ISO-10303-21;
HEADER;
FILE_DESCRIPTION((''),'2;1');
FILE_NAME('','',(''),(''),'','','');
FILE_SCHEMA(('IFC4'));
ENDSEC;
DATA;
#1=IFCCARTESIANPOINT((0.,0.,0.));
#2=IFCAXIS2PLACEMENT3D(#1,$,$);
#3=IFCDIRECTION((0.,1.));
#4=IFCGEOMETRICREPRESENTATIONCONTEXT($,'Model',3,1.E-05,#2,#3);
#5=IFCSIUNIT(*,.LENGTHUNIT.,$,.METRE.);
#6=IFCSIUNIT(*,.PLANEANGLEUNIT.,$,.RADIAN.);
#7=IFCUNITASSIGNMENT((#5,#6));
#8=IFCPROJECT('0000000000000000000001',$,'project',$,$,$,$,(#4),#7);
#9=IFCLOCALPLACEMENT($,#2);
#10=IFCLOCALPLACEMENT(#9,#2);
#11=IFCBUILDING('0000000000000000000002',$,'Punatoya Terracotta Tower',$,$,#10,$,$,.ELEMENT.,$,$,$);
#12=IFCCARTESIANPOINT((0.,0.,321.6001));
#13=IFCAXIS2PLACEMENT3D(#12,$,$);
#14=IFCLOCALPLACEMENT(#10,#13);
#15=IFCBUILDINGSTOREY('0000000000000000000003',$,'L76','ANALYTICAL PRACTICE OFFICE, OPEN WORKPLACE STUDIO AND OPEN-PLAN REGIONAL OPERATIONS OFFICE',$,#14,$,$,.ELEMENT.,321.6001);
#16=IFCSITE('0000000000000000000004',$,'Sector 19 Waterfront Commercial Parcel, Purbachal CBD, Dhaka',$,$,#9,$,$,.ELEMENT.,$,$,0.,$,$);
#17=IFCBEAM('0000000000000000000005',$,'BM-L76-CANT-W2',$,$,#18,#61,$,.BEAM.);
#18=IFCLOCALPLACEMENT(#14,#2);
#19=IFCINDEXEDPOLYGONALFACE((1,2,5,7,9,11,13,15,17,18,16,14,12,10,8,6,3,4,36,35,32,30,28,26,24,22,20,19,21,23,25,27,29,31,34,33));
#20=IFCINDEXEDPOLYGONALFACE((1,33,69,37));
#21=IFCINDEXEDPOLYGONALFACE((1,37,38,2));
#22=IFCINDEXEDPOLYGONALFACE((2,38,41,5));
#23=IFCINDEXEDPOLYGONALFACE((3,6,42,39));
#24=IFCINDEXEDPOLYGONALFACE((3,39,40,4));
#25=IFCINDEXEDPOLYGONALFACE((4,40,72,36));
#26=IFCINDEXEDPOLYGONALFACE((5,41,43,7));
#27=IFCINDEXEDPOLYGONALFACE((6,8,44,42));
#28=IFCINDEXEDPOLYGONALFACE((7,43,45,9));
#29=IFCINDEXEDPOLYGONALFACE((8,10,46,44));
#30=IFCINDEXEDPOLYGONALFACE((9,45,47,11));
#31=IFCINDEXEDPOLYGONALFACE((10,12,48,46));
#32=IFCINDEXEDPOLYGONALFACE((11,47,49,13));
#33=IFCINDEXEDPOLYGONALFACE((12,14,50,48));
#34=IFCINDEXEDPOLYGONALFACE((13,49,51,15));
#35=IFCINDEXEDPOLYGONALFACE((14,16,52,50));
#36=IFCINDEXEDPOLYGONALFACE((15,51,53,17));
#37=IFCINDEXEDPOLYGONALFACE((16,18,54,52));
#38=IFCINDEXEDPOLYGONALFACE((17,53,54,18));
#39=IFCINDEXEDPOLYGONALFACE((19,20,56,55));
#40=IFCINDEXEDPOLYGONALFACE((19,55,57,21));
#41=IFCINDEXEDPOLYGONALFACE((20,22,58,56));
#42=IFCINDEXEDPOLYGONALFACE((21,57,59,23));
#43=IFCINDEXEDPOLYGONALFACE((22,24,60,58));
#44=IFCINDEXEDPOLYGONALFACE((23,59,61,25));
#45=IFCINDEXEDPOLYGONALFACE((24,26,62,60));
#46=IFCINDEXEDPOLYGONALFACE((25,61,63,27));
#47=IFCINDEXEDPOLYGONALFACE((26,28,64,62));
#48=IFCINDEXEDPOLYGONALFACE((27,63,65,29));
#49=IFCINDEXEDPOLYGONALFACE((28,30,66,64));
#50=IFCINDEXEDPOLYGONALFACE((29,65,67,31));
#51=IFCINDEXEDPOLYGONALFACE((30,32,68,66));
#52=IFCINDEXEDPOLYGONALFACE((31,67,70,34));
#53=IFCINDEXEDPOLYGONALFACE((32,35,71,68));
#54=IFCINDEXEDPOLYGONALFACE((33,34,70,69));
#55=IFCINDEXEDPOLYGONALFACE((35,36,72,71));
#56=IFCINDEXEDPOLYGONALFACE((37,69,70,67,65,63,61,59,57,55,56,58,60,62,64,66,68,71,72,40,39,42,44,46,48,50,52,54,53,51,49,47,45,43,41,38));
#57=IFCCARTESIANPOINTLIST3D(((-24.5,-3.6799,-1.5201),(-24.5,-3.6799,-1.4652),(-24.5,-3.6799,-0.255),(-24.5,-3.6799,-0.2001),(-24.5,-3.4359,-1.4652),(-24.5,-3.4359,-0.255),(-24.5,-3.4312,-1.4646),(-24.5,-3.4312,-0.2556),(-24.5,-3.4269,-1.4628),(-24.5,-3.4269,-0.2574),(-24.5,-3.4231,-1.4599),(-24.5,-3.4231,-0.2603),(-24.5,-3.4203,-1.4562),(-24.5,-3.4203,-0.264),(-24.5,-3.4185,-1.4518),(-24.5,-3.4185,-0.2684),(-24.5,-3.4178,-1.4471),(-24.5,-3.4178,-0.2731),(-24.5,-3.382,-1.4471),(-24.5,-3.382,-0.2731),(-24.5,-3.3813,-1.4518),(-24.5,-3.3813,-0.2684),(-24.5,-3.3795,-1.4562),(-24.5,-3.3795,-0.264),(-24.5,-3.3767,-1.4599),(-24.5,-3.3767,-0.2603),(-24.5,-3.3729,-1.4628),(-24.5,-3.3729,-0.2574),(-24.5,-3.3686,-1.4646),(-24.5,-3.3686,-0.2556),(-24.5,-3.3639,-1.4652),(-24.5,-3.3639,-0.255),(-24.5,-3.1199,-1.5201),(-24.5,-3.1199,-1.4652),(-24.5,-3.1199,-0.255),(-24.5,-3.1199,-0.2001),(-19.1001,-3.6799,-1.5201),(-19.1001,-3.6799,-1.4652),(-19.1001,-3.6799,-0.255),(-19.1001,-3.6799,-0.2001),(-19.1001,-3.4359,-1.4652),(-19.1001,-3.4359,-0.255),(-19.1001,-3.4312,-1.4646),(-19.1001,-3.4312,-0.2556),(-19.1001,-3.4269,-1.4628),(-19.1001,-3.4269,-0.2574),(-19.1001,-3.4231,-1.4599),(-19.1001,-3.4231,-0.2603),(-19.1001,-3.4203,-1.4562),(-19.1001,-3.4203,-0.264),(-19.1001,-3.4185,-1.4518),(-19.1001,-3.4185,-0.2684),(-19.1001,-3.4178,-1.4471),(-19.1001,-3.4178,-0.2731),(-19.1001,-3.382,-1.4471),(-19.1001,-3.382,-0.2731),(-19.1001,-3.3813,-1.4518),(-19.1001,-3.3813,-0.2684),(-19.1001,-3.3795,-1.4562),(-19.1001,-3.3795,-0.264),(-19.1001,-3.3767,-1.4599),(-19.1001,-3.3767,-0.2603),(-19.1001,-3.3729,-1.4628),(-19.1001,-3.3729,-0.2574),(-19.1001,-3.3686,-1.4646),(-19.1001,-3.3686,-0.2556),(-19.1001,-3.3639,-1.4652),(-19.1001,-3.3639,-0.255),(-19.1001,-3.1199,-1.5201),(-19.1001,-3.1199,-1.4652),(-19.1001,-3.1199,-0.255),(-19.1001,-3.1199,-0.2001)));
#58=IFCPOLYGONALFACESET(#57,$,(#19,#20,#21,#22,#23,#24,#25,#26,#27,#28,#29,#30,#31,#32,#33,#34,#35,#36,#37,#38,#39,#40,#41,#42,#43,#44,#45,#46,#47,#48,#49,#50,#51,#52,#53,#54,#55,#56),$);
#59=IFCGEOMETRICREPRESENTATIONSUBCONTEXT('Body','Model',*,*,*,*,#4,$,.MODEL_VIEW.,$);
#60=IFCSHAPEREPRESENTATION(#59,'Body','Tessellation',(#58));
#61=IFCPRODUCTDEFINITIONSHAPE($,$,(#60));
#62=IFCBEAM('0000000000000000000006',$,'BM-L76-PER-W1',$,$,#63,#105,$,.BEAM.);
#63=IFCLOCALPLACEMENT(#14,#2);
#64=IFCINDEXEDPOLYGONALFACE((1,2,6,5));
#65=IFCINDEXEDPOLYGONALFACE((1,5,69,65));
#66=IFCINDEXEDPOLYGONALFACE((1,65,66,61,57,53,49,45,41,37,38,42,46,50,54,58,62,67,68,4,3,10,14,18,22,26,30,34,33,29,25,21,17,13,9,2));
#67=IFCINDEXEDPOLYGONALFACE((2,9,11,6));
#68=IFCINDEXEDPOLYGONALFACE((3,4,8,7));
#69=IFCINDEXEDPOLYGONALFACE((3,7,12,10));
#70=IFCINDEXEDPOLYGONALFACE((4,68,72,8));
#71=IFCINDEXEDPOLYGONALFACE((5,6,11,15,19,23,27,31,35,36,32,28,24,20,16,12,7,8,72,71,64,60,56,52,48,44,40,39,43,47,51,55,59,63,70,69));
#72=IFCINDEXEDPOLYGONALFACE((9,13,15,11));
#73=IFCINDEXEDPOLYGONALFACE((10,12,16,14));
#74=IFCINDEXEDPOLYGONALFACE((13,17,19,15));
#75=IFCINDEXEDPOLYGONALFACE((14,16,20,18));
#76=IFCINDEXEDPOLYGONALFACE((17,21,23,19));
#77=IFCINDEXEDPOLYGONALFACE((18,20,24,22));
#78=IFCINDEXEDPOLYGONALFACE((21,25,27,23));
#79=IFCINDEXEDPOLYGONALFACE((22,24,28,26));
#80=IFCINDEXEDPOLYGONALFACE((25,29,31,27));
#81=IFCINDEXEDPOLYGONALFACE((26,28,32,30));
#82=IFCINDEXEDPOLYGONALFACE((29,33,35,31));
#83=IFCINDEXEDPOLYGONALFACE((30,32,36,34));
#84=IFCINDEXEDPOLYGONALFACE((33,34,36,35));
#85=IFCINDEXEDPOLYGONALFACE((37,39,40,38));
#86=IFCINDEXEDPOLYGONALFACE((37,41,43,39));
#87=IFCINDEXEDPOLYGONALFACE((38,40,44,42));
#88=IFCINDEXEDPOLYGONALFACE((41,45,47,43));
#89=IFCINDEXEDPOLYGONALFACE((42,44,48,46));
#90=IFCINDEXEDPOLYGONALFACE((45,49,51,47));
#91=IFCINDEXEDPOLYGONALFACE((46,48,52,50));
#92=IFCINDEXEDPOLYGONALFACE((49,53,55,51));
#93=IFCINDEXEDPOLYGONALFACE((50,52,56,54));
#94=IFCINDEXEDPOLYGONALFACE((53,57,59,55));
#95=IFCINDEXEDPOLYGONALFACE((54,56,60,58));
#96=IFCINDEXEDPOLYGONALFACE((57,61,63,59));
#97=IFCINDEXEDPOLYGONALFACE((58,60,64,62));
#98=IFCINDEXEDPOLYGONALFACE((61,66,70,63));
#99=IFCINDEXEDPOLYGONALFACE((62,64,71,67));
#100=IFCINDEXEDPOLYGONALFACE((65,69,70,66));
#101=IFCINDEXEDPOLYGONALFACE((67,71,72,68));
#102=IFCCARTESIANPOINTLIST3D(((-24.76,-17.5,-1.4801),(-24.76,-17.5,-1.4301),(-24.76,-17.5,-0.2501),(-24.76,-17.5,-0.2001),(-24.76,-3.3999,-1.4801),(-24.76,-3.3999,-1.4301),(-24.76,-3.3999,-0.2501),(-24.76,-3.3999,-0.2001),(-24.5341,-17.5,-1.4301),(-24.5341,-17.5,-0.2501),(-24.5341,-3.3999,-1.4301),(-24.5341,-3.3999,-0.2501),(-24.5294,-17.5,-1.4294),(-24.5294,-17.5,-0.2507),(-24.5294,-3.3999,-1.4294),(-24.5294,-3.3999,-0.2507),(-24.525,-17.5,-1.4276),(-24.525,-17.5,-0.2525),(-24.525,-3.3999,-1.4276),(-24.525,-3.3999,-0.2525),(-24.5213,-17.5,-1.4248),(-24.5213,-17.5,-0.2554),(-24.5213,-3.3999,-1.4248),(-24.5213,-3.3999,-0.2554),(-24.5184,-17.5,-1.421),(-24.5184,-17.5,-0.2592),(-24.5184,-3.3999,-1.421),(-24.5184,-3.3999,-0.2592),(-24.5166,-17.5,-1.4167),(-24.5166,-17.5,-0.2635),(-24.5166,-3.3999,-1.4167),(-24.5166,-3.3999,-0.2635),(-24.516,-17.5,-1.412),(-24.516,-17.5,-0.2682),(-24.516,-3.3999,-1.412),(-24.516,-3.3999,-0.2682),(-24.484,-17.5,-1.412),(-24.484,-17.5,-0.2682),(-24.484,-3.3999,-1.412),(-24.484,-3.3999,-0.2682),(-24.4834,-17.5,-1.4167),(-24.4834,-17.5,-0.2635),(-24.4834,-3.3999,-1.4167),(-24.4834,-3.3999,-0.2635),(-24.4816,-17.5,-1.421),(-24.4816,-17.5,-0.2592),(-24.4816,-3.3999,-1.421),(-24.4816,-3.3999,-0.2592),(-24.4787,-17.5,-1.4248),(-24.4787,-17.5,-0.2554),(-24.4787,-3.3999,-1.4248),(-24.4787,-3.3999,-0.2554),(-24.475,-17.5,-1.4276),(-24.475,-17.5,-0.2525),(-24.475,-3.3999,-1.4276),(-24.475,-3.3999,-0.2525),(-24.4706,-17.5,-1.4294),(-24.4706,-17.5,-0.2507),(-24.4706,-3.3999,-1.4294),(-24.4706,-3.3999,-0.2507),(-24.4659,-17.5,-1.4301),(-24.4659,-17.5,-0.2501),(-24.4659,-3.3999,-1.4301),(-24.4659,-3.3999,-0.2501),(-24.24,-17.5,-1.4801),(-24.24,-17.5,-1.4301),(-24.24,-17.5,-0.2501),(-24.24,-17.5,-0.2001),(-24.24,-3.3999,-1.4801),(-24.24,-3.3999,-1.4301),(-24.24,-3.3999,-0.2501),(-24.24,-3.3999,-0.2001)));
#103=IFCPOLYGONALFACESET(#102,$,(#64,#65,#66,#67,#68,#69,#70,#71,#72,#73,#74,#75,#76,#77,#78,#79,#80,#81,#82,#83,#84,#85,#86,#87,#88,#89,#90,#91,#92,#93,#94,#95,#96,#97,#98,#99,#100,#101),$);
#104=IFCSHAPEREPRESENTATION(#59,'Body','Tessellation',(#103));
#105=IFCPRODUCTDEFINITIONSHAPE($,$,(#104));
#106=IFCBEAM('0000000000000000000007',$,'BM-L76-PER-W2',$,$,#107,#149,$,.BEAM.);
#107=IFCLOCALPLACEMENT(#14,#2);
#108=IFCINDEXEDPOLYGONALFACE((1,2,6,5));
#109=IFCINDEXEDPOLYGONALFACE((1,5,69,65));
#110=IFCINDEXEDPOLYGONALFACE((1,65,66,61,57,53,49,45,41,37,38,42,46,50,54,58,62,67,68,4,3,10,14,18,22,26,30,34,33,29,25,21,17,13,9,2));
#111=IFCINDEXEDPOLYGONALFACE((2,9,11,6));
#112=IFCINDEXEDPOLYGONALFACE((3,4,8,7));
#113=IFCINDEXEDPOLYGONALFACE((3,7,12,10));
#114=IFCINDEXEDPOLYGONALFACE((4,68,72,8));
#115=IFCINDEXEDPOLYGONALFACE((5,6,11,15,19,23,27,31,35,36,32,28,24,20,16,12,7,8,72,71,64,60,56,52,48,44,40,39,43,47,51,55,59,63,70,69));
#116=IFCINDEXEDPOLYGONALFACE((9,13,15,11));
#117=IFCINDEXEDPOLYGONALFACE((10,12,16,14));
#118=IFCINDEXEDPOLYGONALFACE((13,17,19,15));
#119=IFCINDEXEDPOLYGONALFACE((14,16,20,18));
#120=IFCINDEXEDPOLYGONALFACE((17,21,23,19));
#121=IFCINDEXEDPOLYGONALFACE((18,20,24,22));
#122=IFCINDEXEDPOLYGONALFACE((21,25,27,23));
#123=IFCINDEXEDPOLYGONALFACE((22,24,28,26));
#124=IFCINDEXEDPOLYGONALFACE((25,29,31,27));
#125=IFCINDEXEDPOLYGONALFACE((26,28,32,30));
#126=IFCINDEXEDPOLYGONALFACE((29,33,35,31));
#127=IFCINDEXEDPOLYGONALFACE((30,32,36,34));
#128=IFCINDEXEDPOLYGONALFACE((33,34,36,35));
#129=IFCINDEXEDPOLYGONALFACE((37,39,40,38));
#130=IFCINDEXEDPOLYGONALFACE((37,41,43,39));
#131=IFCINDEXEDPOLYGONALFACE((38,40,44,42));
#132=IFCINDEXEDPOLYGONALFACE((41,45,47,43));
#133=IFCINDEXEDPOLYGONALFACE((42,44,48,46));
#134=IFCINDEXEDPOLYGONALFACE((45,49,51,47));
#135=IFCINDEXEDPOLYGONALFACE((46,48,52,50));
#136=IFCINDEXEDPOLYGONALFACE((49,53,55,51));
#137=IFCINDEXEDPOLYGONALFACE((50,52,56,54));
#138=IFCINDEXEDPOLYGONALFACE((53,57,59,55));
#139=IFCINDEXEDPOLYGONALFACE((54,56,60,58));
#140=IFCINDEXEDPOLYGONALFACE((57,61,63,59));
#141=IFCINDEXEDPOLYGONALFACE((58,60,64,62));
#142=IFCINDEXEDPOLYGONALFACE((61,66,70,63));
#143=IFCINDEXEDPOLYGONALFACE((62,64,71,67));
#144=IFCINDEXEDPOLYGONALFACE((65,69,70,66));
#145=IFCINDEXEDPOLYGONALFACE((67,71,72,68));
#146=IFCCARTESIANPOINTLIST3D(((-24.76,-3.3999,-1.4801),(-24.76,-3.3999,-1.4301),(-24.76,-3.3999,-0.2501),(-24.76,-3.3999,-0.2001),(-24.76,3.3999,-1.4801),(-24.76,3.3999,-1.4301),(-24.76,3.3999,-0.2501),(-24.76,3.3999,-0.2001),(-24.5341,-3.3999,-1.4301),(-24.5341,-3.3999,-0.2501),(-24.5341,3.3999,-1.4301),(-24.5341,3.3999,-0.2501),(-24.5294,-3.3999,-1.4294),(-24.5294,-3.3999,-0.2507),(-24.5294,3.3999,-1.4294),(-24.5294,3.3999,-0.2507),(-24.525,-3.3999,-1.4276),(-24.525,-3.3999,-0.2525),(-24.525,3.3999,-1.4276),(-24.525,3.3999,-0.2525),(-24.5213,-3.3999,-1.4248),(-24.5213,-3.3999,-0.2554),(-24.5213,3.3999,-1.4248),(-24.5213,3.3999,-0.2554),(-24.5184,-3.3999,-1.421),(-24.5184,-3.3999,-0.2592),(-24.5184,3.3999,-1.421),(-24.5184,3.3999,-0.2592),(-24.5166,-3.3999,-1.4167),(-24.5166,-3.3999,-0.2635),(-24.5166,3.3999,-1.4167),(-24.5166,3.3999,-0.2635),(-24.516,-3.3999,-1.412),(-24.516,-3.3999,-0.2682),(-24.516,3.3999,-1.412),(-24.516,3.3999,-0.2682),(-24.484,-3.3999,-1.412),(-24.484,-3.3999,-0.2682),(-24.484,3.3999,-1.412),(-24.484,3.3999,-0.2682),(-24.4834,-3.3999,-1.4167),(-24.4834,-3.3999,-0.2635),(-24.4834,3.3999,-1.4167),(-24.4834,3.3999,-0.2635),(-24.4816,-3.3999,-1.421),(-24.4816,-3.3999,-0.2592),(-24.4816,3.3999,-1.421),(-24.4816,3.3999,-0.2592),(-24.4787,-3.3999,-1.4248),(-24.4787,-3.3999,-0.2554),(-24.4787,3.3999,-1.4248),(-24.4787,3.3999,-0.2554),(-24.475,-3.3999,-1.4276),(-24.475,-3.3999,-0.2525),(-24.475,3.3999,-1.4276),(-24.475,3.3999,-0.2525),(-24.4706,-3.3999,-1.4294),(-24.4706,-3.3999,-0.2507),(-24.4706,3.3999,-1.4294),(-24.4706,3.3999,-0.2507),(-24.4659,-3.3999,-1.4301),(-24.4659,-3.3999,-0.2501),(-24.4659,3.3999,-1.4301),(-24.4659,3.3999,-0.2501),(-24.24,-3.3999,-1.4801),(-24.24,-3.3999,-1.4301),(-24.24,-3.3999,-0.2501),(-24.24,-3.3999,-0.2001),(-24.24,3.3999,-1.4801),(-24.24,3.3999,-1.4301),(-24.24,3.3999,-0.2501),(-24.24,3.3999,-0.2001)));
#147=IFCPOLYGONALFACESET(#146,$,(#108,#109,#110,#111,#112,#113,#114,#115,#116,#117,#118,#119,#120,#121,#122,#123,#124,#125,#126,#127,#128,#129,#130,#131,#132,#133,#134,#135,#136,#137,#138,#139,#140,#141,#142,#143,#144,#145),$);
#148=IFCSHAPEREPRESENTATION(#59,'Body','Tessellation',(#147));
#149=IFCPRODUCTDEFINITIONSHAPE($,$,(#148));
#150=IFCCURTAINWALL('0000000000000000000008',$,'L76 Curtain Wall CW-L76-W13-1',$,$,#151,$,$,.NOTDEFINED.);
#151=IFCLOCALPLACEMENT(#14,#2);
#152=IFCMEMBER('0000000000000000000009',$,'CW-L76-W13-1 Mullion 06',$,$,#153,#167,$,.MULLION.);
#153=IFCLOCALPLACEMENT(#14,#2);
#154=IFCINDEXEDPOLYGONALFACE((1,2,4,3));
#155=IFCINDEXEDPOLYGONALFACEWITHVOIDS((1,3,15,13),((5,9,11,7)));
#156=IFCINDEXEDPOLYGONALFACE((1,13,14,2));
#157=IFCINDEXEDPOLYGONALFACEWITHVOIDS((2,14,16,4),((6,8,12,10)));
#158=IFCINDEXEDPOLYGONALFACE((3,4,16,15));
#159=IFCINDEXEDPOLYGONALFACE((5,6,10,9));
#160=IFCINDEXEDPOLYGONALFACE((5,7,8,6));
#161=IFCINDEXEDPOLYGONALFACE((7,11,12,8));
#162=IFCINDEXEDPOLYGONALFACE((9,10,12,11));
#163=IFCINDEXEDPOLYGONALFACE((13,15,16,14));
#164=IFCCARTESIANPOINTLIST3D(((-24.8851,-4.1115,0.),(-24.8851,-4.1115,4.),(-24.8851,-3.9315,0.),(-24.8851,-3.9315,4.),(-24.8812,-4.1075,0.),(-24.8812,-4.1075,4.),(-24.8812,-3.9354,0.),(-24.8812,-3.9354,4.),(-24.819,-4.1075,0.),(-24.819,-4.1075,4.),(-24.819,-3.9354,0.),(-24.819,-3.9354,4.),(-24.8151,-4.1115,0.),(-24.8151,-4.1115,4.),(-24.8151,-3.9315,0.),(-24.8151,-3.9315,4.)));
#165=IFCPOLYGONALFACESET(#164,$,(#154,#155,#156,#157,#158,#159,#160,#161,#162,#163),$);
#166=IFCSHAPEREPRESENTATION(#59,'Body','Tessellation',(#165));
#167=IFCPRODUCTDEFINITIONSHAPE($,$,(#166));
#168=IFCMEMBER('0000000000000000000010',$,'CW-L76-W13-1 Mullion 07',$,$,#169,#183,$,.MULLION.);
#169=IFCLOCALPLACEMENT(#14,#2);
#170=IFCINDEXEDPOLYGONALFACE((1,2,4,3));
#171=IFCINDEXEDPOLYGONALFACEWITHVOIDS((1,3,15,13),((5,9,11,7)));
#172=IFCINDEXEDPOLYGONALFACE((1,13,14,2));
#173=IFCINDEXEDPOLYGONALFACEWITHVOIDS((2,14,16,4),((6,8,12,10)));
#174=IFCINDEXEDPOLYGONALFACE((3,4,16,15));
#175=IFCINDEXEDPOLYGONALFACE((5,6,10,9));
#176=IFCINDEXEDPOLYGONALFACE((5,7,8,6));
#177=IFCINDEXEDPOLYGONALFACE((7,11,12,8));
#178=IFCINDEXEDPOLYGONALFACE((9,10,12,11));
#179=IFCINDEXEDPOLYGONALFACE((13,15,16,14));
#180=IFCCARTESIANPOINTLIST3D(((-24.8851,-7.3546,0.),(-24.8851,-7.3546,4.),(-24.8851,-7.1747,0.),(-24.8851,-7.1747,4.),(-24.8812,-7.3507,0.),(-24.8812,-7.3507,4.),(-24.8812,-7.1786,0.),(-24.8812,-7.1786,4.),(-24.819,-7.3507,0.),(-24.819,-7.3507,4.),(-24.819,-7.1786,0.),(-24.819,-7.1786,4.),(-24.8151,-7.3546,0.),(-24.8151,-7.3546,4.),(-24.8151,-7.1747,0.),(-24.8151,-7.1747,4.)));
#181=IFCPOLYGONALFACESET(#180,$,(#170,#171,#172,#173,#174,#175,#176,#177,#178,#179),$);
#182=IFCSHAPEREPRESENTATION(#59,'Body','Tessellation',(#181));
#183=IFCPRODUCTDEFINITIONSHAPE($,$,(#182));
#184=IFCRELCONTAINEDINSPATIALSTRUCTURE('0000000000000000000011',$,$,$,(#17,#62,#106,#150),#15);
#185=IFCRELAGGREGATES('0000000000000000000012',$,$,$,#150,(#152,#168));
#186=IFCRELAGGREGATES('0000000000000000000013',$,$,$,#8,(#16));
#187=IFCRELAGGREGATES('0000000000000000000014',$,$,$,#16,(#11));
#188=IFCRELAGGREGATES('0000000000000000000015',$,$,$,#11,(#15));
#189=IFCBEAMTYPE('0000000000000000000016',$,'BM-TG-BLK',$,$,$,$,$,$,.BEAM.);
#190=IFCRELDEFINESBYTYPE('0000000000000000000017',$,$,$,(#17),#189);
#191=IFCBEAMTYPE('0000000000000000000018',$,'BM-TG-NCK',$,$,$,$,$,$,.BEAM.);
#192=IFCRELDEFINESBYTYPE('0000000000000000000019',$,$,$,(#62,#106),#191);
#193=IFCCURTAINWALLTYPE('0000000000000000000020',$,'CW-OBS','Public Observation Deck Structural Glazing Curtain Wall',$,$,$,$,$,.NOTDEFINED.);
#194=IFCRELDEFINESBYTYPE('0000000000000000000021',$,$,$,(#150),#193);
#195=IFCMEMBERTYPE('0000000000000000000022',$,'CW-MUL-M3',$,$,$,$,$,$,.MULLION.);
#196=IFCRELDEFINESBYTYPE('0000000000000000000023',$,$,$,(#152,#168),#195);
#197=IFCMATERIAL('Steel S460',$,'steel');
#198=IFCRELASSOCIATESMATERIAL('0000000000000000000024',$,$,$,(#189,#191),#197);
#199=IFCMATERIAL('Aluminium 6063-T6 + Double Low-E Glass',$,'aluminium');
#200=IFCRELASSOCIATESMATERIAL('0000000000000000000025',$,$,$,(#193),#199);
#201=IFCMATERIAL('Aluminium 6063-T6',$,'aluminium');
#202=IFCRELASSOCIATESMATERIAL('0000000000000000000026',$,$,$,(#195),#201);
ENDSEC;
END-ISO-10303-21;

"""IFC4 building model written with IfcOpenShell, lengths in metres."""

from ifc_helpers import new_model, si_unit, direction, frame, origin, origin_2d, place, context, subcontext, project, spatial, hollow_rectangle, i_section, extrude, material, material_profile, profile_set, type_object, element, aggregate, save


model = new_model("IFC4")

# Units and contexts
model_context = context("Model", 3, precision=1e-05, world=origin(), true_north=direction((0.0, 1.0)))
body_context = subcontext(model_context, "Body", "Model", "MODEL_VIEW")
ifc_project = project(units=[si_unit("LENGTHUNIT", "METRE"), si_unit("PLANEANGLEUNIT", "RADIAN")], contexts=[model_context])

# Site, building, storey
site_placement = place(None, origin())
site = spatial("IfcSite", under=ifc_project, at=site_placement, Name="Sector 19 Waterfront Commercial Parcel, Purbachal CBD, Dhaka", CompositionType="ELEMENT", RefElevation=0.0)
building_placement = place(site_placement, origin())
building = spatial("IfcBuilding", under=site, at=building_placement, Name="Punatoya Terracotta Tower", CompositionType="ELEMENT")
storey_placement = place(building_placement, frame((0.0, 0.0, 321.6001)))
storey = spatial("IfcBuildingStorey", under=building, at=storey_placement, Name="L76", Description="ANALYTICAL PRACTICE OFFICE, OPEN WORKPLACE STUDIO AND OPEN-PLAN REGIONAL OPERATIONS OFFICE", CompositionType="ELEMENT", Elevation=321.6001)

# Shared definitions
ifc_material_1 = material(Name="Steel S460", Category="steel")

# Beams
ifc_material_profile_1 = material_profile(ifc_material_1, i_section(OverallWidth=0.5601, OverallDepth=1.3201, WebThickness=0.0359, FlangeThickness=0.0549, FilletRadius=0.0181, at=origin_2d()))
ifc_profile_set_1 = profile_set([ifc_material_profile_1], Name="Steel S460")
beam_type_1 = type_object("IfcBeamType", Name="BM-TG-BLK", PredefinedType="BEAM", material=ifc_profile_set_1)
for number, where, z_axis, x_axis, name in (
    (1, (-24.5, -3.3999, -0.8601), (1.0, 0.0, 0.0), (0.0, 1.0, 0.0), "BM-L76-CANT-W2"),
):
    element("IfcBeam", number, at=place(storey_placement, frame(where, z_axis=z_axis, x_axis=x_axis)), inside=storey, type_object=beam_type_1, Name=name, PredefinedType="BEAM", context=body_context, shape_type="SweptSolid", body=[
        extrude(i_section(OverallWidth=0.5601, OverallDepth=1.3201, WebThickness=0.0359, FlangeThickness=0.0549, FilletRadius=0.0181, at=origin_2d()), origin(), (0.0, 0.0, 1.0), 5.3999),
    ])
ifc_material_profile_2 = material_profile(ifc_material_1, i_section(OverallWidth=0.52, OverallDepth=1.28, WebThickness=0.032, FlangeThickness=0.05, FilletRadius=0.0181, at=origin_2d()))
ifc_profile_set_2 = profile_set([ifc_material_profile_2], Name="Steel S460")
beam_type_2 = type_object("IfcBeamType", Name="BM-TG-NCK", PredefinedType="BEAM", material=ifc_profile_set_2)
beam_1_placement = place(storey_placement, frame((-24.5, -17.5, -0.8401), z_axis=(0.0, 1.0, 0.0), x_axis=(-1.0, 0.0, 0.0)))
element("IfcBeam", 2, at=beam_1_placement, inside=storey, type_object=beam_type_2, Name="BM-L76-PER-W1", PredefinedType="BEAM", context=body_context, shape_type="SweptSolid", body=[
    extrude(i_section(OverallWidth=0.52, OverallDepth=1.28, WebThickness=0.032, FlangeThickness=0.05, FilletRadius=0.0181, at=origin_2d()), origin(), (0.0, 0.0, 1.0), 14.1001),
])
beam_2_placement = place(storey_placement, frame((-24.5, -3.3999, -0.8401), z_axis=(0.0, 1.0, 0.0), x_axis=(-1.0, 0.0, 0.0)))
element("IfcBeam", 3, at=beam_2_placement, inside=storey, type_object=beam_type_2, Name="BM-L76-PER-W2", PredefinedType="BEAM", context=body_context, shape_type="SweptSolid", body=[
    extrude(i_section(OverallWidth=0.52, OverallDepth=1.28, WebThickness=0.032, FlangeThickness=0.05, FilletRadius=0.0181, at=origin_2d()), origin(), (0.0, 0.0, 1.0), 6.7998),
])

# Curtain wall, members
ifc_material_2 = material(Name="Aluminium 6063-T6 + Double Low-E Glass", Category="aluminium")
curtain_wall_type = type_object("IfcCurtainWallType", Name="CW-OBS", Description="Public Observation Deck Structural Glazing Curtain Wall", PredefinedType="NOTDEFINED", material=ifc_material_2)
curtain_wall_1_placement = place(storey_placement, origin())
curtain_wall_1 = element("IfcCurtainWall", 4, at=curtain_wall_1_placement, inside=storey, type_object=curtain_wall_type, Name="L76 Curtain Wall CW-L76-W13-1", PredefinedType="NOTDEFINED")
ifc_material_3 = material(Name="Aluminium 6063-T6", Category="aluminium")
ifc_material_profile_3 = material_profile(ifc_material_3, hollow_rectangle(XDim=0.0701, YDim=0.1799, WallThickness=0.0039, at=origin_2d()))
ifc_profile_set_3 = profile_set([ifc_material_profile_3], Name="Aluminium 6063-T6")
member_type_1 = type_object("IfcMemberType", Name="CW-MUL-M3", PredefinedType="MULLION", material=ifc_profile_set_3)
member_1_placement = place(storey_placement, frame((-24.8501, -4.0215, 0.0), z_axis=(0.0, 0.0, 1.0), x_axis=(1.0, 0.0, 0.0)))
member_1 = element("IfcMember", 5, at=member_1_placement, type_object=member_type_1, Name="CW-L76-W13-1 Mullion 06", PredefinedType="MULLION", context=body_context, shape_type="SweptSolid", body=[
    extrude(hollow_rectangle(XDim=0.0701, YDim=0.1799, WallThickness=0.0039, at=origin_2d()), origin(), (0.0, 0.0, 1.0), 4.0),
])
member_2_placement = place(storey_placement, frame((-24.8501, -7.2646, 0.0), z_axis=(0.0, 0.0, 1.0), x_axis=(1.0, 0.0, 0.0)))
member_2 = element("IfcMember", 6, at=member_2_placement, type_object=member_type_1, Name="CW-L76-W13-1 Mullion 07", PredefinedType="MULLION", context=body_context, shape_type="SweptSolid", body=[
    extrude(hollow_rectangle(XDim=0.0701, YDim=0.1799, WallThickness=0.0039, at=origin_2d()), origin(), (0.0, 0.0, 1.0), 4.0),
])

aggregate(curtain_wall_1, [member_1, member_2])

save(model, "model.ifc")
